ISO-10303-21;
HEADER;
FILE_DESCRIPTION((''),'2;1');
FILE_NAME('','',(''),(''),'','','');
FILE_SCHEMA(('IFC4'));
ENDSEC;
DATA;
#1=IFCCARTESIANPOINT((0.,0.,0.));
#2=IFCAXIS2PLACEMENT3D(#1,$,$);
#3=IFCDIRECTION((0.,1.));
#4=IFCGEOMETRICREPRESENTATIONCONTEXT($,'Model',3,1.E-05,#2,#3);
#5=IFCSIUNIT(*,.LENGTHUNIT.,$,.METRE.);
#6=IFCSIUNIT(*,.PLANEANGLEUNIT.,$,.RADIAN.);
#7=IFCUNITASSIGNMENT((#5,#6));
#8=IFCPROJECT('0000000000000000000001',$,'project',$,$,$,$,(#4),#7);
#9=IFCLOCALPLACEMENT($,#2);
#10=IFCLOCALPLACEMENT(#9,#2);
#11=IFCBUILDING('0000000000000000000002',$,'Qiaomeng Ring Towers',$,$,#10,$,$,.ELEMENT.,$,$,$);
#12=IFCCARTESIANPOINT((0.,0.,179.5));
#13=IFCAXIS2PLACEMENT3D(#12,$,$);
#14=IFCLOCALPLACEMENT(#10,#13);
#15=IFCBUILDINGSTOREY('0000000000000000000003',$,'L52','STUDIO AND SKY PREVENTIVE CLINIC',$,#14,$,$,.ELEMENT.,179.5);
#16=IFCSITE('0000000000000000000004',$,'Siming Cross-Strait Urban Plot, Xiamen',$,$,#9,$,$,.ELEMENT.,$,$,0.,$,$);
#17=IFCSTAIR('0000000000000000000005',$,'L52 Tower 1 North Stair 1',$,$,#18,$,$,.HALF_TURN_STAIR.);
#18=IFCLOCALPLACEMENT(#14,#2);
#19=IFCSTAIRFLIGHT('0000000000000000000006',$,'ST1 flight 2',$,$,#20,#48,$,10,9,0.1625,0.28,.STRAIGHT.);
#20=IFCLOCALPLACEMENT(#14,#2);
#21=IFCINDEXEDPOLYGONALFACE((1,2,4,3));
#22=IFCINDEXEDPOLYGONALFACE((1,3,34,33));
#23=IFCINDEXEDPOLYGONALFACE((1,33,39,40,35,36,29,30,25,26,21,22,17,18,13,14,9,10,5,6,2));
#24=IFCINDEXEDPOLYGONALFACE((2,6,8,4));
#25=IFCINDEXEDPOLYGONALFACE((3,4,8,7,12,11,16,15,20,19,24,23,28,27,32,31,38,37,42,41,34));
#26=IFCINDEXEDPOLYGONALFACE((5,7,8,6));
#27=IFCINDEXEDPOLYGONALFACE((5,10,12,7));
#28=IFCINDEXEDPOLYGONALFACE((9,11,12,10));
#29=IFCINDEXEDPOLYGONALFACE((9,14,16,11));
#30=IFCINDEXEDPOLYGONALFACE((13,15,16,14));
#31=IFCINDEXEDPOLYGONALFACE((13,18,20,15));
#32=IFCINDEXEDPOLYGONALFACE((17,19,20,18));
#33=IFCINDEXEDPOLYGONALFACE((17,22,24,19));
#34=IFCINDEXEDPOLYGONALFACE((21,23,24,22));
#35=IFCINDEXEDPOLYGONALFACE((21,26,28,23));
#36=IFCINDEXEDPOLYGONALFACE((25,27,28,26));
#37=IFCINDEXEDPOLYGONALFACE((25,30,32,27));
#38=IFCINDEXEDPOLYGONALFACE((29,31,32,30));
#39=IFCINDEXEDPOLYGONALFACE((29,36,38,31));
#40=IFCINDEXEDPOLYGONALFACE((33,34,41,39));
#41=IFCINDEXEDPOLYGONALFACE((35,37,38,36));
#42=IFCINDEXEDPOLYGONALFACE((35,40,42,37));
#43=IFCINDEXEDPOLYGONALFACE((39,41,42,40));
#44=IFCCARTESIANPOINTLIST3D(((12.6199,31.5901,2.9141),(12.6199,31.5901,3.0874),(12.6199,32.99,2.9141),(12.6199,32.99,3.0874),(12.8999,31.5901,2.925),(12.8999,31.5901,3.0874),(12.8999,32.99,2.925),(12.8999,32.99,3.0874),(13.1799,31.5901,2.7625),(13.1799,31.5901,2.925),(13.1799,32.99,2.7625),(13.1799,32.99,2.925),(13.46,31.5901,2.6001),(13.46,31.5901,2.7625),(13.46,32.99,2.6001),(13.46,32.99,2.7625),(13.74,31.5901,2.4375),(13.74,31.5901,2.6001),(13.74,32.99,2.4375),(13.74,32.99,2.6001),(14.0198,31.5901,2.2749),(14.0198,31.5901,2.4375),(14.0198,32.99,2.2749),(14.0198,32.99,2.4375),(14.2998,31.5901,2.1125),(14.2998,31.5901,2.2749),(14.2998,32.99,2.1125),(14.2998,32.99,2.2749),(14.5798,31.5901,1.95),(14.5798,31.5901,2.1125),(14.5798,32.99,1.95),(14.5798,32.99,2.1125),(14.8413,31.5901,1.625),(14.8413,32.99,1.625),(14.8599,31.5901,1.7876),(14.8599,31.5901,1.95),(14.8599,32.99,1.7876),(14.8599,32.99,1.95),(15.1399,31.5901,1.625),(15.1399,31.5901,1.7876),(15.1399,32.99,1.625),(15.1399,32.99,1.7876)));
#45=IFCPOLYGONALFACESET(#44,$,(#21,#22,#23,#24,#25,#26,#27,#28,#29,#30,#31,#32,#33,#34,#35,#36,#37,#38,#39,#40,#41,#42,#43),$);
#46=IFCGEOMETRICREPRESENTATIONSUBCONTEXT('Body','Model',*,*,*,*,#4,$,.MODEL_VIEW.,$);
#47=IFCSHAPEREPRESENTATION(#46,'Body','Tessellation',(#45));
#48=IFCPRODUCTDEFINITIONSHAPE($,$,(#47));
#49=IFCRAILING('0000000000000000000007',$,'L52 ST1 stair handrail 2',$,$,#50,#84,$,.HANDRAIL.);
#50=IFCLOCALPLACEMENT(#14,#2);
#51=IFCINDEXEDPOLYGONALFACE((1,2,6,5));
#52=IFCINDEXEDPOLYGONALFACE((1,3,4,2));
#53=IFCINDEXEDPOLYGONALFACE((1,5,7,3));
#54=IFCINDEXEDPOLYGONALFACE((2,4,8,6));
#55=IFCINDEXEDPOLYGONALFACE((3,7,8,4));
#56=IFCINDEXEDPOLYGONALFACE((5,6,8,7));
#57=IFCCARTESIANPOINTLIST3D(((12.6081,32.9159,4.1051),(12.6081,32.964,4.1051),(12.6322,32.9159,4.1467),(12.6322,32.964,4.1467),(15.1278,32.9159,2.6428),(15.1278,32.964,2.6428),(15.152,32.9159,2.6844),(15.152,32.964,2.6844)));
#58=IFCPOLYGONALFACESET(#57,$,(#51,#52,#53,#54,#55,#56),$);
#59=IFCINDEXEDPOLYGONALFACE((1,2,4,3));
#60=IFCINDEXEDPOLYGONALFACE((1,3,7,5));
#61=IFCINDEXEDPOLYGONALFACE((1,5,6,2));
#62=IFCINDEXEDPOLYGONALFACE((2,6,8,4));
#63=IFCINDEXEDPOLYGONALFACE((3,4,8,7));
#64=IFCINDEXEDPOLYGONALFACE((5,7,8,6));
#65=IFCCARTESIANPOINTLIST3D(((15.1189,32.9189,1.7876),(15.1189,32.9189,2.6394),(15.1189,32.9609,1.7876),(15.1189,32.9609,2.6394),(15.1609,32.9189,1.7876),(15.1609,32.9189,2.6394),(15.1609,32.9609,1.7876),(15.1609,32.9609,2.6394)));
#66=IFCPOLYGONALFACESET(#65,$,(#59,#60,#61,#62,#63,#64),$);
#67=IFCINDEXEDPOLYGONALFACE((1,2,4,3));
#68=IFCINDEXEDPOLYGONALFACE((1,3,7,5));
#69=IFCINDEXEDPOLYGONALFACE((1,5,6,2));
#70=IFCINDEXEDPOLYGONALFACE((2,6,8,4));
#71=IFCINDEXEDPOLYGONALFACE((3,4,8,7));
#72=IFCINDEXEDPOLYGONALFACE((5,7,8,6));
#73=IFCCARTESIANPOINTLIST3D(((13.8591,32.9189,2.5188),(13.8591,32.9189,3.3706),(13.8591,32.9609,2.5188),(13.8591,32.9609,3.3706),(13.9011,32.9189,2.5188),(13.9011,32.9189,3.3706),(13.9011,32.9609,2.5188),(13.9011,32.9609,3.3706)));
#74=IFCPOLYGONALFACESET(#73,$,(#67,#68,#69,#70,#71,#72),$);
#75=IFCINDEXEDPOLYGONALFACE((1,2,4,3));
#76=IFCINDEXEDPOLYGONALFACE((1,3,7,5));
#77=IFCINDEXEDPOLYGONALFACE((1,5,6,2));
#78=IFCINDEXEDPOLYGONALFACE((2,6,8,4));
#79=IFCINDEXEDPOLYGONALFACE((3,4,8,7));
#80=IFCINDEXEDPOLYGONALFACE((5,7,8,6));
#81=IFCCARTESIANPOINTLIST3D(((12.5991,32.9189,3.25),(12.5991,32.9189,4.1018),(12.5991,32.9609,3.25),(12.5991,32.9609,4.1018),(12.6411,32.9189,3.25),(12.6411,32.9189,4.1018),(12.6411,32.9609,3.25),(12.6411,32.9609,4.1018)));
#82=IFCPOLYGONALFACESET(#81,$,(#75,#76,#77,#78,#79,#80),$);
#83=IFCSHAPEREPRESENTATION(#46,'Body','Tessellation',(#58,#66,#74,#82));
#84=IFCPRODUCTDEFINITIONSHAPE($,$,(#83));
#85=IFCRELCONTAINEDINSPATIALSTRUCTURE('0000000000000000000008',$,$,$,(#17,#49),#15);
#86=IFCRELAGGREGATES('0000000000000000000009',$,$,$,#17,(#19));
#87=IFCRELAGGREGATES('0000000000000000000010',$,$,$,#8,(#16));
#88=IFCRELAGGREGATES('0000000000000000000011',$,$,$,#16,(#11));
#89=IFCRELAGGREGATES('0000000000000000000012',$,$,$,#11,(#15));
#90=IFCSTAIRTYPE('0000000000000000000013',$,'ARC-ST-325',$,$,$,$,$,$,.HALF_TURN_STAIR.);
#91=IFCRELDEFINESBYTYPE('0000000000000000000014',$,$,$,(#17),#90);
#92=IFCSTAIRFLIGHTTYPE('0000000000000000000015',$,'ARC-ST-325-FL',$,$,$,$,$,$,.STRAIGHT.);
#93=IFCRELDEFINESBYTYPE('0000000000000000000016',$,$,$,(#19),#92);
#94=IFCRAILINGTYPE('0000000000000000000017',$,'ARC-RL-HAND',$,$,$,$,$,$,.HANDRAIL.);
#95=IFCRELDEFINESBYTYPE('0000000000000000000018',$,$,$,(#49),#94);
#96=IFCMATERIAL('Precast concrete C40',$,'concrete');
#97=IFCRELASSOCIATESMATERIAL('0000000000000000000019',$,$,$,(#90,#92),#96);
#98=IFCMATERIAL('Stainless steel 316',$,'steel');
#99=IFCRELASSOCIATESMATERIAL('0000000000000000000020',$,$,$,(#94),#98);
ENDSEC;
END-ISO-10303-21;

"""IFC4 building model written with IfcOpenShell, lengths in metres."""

from ifc_helpers import new_model, si_unit, direction, frame, origin, origin_2d, place, context, subcontext, project, spatial, polyline, rectangle, outline, extrude, source, transform, mapped, material, type_object, element, aggregate, save


model = new_model("IFC4")

# Units and contexts
model_context = context("Model", 3, precision=1e-05, world=origin(), true_north=direction((0.0, 1.0)))
body_context = subcontext(model_context, "Body", "Model", "MODEL_VIEW")
ifc_project = project(units=[si_unit("LENGTHUNIT", "METRE"), si_unit("PLANEANGLEUNIT", "RADIAN")], contexts=[model_context])

# Site, building, storey
site_placement = place(None, origin())
site = spatial("IfcSite", under=ifc_project, at=site_placement, Name="Siming Cross-Strait Urban Plot, Xiamen", CompositionType="ELEMENT", RefElevation=0.0)
building_placement = place(site_placement, origin())
building = spatial("IfcBuilding", under=site, at=building_placement, Name="Qiaomeng Ring Towers", CompositionType="ELEMENT")
storey_placement = place(building_placement, frame((0.0, 0.0, 179.5)))
storey = spatial("IfcBuildingStorey", under=building, at=storey_placement, Name="L52", Description="STUDIO AND SKY PREVENTIVE CLINIC", CompositionType="ELEMENT", Elevation=179.5)

# Stair, stair flight
ifc_material_1 = material(Name="Precast concrete C40", Category="concrete")
stair_type = type_object("IfcStairType", Name="ARC-ST-325", PredefinedType="HALF_TURN_STAIR", material=ifc_material_1)
stair_placement = place(storey_placement, origin())
stair = element("IfcStair", 1, at=stair_placement, inside=storey, type_object=stair_type, Name="L52 Tower 1 North Stair 1", PredefinedType="HALF_TURN_STAIR")
stair_flight_type = type_object("IfcStairFlightType", Name="ARC-ST-325-FL", PredefinedType="STRAIGHT", material=ifc_material_1)
shared_shape_1 = source(origin(), body_context, "Body", "SweptSolid", [
    extrude(outline(polyline([(0.0, 0.0), (0.0, 0.1626), (0.28, 0.1626), (0.28, 0.325), (0.5601, 0.325), (0.5601, 0.4875), (0.8401, 0.4875), (0.8401, 0.6499), (1.1201, 0.6499), (1.1201, 0.8125), (1.3999, 0.8125), (1.3999, 0.9751), (1.6799, 0.9751), (1.6799, 1.1375), (1.96, 1.1375), (1.96, 1.3), (2.24, 1.3), (2.24, 1.4624), (2.52, 1.4624), (2.52, 1.625), (2.52, 1.2891), (0.2986, 0.0), (0.0, 0.0)])), frame((0.0, 0.7, 0.0), z_axis=(0.0, -1.0, 0.0), x_axis=(1.0, 0.0, 0.0)), (0.0, 0.0, 1.0), 1.3999),
])
stair_flight_placement = place(storey_placement, frame((15.1399, 32.29, 1.625), z_axis=(0.0, 0.0, 1.0), x_axis=(-1.0, 0.0, 0.0)))
stair_flight = element("IfcStairFlight", 2, at=stair_flight_placement, type_object=stair_flight_type, Name="ST1 flight 2", NumberOfRisers=10, NumberOfTreads=9, PredefinedType="STRAIGHT", RiserHeight=0.1625, TreadLength=0.28, context=body_context, shape_type="MappedRepresentation", body=[
    mapped(shared_shape_1, transform((0.0, 0.0, 0.0), x_axis=(1.0, 0.0, 0.0), y_axis=(0.0, 1.0, 0.0), z_axis=(0.0, 0.0, 1.0), scale=1.0)),
])
aggregate(stair, [stair_flight])

# Railing
ifc_material_2 = material(Name="Stainless steel 316", Category="steel")
railing_type = type_object("IfcRailingType", Name="ARC-RL-HAND", PredefinedType="HANDRAIL", material=ifc_material_2)
railing_placement = place(storey_placement, frame((15.1399, 32.9399, 1.7876)))
element("IfcRailing", 3, at=railing_placement, inside=storey, type_object=railing_type, Name="L52 ST1 stair handrail 2", PredefinedType="HANDRAIL", context=body_context, shape_type="SweptSolid", body=[
    extrude(rectangle(XDim=0.0481, YDim=0.0481, at=origin_2d()), frame((0.0, 0.0, 0.876), z_axis=(-0.864892, 0.0, 0.501958), x_axis=(0.0, -1.0, 0.0)), (0.0, 0.0, 1.0), 2.9133),
    extrude(rectangle(XDim=0.042, YDim=0.042, at=origin_2d()), origin(), (0.0, 0.0, 1.0), 0.8518),
    extrude(rectangle(XDim=0.042, YDim=0.042, at=origin_2d()), frame((-1.2598, 0.0, 0.7312)), (0.0, 0.0, 1.0), 0.8518),
    extrude(rectangle(XDim=0.042, YDim=0.042, at=origin_2d()), frame((-2.5198, 0.0, 1.4624)), (0.0, 0.0, 1.0), 0.8518),
])

save(model, "model.ifc")
